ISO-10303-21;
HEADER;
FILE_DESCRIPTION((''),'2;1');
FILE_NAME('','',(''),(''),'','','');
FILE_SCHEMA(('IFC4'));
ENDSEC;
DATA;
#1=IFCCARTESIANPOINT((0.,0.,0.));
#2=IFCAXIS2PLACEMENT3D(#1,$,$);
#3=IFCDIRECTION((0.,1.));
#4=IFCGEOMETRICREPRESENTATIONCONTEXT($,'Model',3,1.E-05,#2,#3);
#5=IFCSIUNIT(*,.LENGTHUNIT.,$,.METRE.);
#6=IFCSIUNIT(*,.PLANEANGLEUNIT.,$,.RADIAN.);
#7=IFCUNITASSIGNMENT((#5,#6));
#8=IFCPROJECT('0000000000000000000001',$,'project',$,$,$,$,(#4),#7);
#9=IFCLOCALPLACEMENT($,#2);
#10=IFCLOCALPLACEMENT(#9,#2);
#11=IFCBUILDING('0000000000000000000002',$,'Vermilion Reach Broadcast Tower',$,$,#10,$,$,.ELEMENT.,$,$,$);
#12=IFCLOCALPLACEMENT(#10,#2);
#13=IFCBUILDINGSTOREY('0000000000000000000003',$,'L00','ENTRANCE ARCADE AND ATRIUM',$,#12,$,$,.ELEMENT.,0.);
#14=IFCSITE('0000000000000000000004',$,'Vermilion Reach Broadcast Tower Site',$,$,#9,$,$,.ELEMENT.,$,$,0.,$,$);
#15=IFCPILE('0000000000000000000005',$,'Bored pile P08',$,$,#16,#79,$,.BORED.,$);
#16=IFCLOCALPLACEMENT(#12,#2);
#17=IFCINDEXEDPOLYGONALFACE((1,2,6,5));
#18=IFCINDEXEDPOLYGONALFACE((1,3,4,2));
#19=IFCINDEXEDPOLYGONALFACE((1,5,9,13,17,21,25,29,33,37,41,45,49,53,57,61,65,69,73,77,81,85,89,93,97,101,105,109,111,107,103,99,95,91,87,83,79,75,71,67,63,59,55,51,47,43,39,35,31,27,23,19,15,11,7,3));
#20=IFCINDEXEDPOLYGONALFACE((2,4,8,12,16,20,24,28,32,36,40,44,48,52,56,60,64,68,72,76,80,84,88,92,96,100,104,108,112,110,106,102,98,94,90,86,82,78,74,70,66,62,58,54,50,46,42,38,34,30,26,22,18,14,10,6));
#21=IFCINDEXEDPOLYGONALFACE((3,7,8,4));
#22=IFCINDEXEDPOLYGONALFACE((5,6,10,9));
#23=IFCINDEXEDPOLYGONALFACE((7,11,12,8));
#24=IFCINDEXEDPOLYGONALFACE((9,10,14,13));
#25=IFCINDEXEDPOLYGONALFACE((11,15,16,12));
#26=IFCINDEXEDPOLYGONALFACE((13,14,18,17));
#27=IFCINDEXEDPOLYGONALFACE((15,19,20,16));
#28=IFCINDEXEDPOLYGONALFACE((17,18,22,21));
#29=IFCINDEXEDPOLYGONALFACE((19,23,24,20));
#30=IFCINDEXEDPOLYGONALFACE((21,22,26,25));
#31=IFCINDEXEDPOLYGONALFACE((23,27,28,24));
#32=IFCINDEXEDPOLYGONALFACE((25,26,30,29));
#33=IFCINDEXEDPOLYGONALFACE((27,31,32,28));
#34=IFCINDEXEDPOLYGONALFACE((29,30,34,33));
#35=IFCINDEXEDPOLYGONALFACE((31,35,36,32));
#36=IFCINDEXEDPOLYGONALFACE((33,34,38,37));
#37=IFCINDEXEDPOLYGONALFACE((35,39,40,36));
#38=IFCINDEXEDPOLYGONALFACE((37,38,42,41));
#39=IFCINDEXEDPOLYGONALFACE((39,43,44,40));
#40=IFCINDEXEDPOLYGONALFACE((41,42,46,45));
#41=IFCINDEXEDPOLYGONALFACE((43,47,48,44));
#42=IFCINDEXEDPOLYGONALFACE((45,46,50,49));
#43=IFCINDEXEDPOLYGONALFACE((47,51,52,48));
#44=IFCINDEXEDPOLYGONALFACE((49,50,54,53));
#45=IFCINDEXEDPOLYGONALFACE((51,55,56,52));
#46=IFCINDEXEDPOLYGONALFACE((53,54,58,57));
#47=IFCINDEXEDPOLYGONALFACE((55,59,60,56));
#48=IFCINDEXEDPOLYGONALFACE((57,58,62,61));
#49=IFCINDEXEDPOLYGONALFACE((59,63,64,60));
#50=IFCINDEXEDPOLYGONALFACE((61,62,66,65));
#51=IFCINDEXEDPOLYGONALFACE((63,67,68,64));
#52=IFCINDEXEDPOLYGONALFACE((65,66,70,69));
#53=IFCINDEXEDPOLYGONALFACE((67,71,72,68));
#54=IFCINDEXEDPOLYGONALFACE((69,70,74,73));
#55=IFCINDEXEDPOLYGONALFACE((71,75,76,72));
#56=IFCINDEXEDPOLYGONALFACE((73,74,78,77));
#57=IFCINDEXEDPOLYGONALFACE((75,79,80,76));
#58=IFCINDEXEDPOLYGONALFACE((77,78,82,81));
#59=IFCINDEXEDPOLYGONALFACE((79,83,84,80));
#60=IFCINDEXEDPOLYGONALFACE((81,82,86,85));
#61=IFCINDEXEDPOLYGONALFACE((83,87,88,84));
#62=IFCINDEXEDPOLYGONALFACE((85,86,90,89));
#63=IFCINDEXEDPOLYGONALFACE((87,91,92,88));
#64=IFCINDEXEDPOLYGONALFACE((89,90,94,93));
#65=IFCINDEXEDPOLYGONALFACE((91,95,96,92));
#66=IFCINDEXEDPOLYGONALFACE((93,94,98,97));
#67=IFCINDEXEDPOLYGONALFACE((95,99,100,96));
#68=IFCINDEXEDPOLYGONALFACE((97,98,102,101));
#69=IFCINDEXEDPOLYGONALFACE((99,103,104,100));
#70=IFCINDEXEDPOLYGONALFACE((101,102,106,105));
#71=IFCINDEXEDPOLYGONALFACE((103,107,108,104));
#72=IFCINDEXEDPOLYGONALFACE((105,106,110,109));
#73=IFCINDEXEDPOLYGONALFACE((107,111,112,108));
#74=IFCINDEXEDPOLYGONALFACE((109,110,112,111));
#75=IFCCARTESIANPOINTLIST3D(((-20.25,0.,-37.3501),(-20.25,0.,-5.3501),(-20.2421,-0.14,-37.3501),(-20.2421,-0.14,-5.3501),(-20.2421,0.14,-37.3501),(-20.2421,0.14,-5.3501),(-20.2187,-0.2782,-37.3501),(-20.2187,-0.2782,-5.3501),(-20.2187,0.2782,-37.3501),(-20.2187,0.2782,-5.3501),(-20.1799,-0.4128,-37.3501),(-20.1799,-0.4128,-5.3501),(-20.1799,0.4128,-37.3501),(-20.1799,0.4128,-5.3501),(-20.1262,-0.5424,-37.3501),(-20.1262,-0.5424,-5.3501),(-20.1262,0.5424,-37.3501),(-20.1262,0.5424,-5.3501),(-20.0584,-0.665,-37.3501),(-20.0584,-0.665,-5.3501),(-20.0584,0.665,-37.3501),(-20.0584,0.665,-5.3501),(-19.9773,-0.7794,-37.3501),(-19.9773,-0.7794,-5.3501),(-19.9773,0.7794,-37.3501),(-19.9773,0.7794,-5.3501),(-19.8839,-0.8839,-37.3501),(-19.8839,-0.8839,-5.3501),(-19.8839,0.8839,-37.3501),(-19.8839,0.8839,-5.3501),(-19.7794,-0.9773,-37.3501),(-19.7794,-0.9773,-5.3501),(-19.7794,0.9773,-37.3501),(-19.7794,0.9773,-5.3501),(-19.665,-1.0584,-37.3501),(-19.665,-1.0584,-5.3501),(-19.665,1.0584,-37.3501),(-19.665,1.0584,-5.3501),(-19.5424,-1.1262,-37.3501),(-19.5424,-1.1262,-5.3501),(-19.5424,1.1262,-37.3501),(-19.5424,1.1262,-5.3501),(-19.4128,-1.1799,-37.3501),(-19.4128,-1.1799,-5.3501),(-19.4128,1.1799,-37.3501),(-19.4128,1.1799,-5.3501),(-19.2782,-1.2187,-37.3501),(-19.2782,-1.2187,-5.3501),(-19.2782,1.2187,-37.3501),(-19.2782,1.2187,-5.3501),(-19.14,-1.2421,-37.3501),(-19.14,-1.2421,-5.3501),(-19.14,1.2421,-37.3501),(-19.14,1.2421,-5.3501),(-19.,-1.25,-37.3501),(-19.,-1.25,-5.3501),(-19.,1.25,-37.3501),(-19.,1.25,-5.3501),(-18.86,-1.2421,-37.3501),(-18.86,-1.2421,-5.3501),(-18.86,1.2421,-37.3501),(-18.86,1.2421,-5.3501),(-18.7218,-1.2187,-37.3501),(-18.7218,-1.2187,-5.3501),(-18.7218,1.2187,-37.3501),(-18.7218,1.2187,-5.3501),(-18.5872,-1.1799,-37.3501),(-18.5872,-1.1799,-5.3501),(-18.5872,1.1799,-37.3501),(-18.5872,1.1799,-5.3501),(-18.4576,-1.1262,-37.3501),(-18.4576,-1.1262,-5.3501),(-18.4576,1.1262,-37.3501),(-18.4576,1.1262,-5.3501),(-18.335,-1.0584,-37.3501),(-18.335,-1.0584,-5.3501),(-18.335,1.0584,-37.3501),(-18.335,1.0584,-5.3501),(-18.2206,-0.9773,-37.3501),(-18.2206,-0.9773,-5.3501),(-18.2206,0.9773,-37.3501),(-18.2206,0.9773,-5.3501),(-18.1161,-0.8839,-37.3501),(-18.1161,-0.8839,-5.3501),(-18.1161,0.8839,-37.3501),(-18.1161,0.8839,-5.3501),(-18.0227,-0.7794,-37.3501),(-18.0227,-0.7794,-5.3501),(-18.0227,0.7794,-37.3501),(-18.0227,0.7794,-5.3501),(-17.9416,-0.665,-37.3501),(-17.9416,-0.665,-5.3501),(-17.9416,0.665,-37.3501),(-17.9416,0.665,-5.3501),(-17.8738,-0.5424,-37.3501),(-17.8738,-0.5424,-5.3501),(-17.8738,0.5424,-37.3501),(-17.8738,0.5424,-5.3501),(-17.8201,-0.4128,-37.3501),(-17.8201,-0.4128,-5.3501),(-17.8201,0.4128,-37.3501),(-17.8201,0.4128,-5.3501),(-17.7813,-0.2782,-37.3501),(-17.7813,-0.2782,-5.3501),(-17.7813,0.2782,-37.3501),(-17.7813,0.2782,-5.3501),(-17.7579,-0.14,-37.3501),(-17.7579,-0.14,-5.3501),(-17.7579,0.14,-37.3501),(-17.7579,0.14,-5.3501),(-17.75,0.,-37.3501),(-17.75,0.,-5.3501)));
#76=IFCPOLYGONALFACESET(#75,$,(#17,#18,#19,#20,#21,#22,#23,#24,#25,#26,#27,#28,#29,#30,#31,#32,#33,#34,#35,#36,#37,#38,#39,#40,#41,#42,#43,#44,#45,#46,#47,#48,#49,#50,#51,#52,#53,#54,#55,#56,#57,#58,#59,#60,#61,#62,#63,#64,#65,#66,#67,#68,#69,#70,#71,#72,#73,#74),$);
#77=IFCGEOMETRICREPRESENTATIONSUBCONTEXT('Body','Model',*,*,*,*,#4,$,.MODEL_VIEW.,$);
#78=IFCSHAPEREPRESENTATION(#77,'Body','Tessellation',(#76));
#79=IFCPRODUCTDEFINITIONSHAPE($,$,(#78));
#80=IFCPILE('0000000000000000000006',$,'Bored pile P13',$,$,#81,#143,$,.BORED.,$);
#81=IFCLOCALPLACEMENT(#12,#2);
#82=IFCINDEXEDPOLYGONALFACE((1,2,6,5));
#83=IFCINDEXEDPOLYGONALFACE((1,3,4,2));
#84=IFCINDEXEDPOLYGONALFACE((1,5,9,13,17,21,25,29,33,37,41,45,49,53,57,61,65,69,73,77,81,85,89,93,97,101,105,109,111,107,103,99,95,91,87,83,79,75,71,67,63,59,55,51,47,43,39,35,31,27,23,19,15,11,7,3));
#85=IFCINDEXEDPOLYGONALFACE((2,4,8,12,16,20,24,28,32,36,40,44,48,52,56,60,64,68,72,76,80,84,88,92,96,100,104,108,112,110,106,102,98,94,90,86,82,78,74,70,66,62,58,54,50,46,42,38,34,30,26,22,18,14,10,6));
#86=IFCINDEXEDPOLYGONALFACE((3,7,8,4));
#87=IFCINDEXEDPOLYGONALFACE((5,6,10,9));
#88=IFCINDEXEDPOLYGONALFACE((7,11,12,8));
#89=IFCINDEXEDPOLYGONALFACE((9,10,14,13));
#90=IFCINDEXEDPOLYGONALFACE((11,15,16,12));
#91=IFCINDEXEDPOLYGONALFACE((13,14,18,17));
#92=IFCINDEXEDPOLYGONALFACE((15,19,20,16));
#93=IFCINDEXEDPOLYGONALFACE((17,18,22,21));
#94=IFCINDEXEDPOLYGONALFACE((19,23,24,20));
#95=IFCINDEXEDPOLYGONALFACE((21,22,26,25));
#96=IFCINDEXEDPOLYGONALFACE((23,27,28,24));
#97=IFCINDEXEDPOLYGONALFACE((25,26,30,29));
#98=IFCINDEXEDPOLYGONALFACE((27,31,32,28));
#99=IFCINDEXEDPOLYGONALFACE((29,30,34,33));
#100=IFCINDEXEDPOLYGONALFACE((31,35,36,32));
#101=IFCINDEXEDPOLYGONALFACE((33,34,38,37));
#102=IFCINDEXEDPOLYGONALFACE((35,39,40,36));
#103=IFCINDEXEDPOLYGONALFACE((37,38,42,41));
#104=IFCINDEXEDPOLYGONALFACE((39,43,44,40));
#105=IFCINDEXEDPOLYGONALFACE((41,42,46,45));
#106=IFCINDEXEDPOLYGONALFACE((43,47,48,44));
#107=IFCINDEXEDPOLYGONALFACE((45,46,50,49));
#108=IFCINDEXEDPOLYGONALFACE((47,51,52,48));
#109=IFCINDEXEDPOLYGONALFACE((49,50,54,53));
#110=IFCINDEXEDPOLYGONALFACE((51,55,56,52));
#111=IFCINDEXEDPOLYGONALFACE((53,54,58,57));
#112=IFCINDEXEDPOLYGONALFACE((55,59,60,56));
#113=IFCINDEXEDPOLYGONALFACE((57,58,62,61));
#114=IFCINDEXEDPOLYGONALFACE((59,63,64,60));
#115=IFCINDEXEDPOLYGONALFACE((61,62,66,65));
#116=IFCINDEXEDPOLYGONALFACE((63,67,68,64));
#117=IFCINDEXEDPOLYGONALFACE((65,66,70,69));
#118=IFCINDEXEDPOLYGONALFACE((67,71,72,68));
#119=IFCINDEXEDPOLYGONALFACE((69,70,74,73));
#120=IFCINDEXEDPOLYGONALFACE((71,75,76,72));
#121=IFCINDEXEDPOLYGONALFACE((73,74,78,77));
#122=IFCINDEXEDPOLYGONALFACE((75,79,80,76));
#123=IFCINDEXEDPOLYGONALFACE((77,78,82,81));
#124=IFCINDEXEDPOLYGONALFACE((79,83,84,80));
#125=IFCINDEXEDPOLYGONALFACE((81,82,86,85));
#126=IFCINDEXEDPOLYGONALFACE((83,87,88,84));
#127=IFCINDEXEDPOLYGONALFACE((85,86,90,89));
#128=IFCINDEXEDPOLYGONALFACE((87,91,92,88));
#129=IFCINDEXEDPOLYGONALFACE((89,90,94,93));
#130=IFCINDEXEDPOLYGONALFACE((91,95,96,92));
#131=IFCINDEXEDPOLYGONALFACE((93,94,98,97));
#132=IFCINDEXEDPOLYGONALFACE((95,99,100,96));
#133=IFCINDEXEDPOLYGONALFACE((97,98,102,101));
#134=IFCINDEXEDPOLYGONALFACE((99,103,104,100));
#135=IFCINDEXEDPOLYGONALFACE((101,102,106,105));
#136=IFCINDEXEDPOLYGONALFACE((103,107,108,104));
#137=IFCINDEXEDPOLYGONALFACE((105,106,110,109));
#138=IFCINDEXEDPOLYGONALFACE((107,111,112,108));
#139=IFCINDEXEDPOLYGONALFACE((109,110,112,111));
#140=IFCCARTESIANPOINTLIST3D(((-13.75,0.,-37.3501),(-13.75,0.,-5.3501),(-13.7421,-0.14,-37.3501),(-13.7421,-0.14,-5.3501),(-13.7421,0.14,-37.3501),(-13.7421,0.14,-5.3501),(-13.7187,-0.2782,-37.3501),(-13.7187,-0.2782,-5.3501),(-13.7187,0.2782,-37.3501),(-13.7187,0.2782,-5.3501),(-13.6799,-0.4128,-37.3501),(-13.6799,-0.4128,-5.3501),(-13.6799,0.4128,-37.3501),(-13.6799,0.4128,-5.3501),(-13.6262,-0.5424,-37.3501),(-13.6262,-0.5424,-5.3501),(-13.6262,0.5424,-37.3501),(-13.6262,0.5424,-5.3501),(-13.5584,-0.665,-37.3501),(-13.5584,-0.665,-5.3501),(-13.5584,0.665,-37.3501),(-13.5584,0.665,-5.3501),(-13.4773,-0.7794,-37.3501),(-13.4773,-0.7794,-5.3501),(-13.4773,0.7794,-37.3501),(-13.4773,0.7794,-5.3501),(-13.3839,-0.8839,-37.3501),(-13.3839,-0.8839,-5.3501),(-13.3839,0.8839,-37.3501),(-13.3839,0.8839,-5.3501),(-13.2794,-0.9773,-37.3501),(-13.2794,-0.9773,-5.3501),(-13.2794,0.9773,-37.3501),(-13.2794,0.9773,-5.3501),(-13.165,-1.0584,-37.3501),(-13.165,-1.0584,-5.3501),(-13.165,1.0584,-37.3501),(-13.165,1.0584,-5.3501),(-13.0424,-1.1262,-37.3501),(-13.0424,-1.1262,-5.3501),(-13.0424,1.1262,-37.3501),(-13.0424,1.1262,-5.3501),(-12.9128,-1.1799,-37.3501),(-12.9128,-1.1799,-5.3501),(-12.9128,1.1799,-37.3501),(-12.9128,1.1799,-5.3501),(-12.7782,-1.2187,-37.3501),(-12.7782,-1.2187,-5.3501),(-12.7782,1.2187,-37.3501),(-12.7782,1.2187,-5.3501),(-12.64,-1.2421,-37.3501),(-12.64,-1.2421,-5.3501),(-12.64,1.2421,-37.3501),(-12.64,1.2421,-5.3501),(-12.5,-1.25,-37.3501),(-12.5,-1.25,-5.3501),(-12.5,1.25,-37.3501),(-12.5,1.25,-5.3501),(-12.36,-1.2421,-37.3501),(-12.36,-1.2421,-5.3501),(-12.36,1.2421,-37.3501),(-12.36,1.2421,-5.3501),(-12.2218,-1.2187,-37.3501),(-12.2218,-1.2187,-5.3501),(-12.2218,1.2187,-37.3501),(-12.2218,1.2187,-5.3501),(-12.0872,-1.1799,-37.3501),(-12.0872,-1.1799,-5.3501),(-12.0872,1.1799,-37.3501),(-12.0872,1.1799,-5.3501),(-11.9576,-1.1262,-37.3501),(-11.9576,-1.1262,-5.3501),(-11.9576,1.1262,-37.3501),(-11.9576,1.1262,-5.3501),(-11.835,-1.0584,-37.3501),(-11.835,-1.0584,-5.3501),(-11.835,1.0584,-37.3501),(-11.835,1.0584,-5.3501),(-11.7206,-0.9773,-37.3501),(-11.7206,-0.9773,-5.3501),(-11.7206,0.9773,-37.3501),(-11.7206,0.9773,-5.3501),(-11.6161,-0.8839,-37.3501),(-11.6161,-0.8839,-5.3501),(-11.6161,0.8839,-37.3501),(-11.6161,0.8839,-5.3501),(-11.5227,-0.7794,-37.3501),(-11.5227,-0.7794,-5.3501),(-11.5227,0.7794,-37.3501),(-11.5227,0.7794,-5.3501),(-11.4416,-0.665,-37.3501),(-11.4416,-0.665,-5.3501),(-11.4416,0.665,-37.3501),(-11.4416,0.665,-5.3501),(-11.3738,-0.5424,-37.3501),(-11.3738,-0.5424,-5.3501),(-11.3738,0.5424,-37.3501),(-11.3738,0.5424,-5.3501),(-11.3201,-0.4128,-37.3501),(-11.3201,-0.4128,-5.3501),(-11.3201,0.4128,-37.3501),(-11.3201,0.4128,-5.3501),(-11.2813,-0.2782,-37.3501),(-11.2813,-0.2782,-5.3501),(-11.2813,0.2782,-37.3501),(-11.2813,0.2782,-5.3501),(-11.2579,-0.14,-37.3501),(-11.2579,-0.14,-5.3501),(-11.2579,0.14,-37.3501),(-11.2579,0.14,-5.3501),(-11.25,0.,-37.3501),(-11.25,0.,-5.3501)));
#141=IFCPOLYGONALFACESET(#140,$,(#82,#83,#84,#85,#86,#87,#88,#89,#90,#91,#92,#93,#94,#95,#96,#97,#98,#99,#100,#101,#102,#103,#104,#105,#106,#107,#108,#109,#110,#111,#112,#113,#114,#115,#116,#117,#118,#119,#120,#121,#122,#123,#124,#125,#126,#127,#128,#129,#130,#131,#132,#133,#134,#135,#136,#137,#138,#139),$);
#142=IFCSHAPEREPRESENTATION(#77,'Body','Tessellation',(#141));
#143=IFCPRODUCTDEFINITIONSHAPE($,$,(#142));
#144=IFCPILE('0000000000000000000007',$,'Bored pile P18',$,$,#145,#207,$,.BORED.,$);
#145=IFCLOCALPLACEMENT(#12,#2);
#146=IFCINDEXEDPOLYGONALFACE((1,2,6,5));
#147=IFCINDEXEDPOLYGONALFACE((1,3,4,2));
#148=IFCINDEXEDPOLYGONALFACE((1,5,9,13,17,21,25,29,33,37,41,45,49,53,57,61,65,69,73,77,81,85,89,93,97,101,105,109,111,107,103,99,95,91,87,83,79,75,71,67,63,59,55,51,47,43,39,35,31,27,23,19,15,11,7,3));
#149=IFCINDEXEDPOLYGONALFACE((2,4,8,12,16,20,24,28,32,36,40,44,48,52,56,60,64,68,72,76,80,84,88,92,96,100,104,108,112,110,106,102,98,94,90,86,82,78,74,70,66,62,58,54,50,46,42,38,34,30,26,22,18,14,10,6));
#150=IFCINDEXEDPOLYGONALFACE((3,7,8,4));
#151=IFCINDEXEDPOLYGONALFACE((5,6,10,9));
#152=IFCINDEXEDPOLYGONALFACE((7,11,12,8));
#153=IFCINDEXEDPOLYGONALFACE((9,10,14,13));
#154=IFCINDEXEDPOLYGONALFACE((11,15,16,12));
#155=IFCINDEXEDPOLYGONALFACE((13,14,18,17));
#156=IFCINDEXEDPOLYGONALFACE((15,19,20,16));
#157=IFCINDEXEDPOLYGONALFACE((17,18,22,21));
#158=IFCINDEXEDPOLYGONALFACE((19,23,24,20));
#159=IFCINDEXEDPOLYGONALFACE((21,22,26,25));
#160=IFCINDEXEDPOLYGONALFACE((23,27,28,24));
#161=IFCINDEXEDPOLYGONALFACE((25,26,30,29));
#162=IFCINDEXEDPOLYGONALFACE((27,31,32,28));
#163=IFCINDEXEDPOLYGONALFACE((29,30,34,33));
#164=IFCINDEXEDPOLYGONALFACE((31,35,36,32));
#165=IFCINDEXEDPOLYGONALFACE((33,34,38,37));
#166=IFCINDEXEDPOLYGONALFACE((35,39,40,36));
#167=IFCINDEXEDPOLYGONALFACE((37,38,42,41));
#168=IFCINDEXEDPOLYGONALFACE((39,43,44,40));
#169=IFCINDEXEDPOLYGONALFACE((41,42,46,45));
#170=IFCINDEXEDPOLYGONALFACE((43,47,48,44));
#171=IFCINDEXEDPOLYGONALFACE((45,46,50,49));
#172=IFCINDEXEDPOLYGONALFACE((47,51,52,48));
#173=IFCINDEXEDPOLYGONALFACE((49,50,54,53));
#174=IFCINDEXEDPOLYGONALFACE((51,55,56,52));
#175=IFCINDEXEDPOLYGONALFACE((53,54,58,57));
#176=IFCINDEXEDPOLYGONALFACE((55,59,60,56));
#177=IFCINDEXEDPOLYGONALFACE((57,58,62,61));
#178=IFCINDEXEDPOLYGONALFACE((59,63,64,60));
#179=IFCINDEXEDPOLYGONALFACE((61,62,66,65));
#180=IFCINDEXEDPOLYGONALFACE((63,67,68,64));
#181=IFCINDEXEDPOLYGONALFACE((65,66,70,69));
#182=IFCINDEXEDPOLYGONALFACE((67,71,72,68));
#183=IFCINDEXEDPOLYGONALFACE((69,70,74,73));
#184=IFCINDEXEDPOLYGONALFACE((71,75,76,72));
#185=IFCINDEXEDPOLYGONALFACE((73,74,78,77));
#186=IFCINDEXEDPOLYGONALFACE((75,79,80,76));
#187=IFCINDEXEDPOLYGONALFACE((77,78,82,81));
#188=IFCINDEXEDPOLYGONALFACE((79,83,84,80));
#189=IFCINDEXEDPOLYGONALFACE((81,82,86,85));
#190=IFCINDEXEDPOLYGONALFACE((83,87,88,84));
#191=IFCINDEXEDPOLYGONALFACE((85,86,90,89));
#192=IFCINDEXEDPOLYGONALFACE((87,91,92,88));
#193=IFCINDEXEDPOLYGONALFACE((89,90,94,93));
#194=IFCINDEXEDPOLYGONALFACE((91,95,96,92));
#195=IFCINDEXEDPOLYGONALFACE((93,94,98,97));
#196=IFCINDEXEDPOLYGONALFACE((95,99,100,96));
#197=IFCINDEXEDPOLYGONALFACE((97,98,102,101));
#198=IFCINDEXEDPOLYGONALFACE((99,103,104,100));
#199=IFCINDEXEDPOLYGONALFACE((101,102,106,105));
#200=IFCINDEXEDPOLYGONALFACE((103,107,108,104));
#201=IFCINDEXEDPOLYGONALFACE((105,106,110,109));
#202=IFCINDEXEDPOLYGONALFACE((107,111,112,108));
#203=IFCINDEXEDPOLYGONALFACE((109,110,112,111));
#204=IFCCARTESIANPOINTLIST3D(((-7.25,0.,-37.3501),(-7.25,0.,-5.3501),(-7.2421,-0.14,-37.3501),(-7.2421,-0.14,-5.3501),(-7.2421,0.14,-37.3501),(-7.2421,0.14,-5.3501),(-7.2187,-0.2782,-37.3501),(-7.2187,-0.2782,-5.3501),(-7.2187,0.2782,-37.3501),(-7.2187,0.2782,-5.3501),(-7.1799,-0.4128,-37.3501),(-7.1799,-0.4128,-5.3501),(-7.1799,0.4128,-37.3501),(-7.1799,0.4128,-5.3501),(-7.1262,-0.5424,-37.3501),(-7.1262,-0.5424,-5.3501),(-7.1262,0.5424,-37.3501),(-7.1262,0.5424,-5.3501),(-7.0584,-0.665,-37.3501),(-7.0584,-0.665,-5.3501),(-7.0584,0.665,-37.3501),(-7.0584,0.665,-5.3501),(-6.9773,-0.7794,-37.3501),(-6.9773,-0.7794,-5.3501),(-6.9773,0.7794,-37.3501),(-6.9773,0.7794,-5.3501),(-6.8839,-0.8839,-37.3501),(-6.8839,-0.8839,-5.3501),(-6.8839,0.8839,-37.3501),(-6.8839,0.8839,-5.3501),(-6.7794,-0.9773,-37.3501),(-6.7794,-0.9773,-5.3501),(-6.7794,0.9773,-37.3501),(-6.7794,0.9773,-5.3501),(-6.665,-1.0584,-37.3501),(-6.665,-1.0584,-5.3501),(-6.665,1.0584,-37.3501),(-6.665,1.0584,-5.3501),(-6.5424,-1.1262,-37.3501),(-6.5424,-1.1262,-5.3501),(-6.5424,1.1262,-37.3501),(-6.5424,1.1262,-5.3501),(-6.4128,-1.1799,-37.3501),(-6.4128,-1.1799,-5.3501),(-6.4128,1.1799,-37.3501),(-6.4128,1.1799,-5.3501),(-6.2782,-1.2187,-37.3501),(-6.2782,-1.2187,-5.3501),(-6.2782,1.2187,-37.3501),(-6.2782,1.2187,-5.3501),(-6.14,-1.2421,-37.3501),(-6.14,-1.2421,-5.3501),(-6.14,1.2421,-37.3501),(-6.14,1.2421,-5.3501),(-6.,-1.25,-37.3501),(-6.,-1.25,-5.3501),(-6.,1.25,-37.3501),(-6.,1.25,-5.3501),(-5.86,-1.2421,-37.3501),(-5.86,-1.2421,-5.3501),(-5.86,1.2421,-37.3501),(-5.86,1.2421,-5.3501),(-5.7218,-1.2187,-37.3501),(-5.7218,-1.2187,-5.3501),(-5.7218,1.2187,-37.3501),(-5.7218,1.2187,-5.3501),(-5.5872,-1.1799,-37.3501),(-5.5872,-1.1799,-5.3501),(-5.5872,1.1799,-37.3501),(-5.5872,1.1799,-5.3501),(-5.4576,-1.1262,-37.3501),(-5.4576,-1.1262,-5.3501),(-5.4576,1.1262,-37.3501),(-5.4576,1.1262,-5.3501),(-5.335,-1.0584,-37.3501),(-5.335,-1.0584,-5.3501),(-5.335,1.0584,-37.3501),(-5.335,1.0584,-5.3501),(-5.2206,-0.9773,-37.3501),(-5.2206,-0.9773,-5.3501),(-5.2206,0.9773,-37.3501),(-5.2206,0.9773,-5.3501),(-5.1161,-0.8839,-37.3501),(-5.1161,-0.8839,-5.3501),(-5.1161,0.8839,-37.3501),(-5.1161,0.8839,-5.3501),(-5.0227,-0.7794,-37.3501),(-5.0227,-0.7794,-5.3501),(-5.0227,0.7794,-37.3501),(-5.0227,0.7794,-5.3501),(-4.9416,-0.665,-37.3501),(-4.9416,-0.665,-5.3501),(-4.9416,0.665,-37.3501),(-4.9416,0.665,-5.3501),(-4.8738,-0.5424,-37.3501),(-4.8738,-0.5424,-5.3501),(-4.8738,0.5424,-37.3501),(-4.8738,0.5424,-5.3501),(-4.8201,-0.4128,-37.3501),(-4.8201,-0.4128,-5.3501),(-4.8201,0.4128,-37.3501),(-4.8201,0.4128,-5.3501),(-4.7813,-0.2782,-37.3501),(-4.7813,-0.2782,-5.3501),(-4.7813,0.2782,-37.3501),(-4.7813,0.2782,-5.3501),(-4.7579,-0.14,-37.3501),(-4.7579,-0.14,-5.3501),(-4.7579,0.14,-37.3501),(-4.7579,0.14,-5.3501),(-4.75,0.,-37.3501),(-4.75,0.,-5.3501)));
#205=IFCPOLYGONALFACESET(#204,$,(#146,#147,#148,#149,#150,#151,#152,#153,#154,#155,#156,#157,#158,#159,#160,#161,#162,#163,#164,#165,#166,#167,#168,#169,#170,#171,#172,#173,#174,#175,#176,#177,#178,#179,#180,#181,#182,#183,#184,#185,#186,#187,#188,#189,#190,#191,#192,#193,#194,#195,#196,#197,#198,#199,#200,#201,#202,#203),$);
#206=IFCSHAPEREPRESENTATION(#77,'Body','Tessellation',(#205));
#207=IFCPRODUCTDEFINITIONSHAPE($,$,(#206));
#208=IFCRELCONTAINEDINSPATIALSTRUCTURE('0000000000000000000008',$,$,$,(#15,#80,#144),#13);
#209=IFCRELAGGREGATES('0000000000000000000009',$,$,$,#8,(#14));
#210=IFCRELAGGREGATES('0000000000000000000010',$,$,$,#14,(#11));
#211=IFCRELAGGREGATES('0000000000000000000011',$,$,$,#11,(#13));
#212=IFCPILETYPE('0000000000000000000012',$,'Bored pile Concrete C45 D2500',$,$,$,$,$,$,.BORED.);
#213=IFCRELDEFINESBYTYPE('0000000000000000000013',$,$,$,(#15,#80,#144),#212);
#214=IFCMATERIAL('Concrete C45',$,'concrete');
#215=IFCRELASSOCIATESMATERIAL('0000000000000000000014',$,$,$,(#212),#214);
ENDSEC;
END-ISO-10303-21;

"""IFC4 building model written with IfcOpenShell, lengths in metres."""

from ifc_helpers import new_model, si_unit, direction, frame, origin, origin_2d, place, context, subcontext, project, spatial, circle, extrude, material, material_profile, profile_set, type_object, element, save


model = new_model("IFC4")

# Units and contexts
model_context = context("Model", 3, precision=1e-05, world=origin(), true_north=direction((0.0, 1.0)))
body_context = subcontext(model_context, "Body", "Model", "MODEL_VIEW")
ifc_project = project(units=[si_unit("LENGTHUNIT", "METRE"), si_unit("PLANEANGLEUNIT", "RADIAN")], contexts=[model_context])

# Site, building, storey
site_placement = place(None, origin())
site = spatial("IfcSite", under=ifc_project, at=site_placement, Name="Vermilion Reach Broadcast Tower Site", CompositionType="ELEMENT", RefElevation=0.0)
building_placement = place(site_placement, origin())
building = spatial("IfcBuilding", under=site, at=building_placement, Name="Vermilion Reach Broadcast Tower", CompositionType="ELEMENT")
storey_placement = place(building_placement, origin())
storey = spatial("IfcBuildingStorey", under=building, at=storey_placement, Name="L00", Description="ENTRANCE ARCADE AND ATRIUM", CompositionType="ELEMENT", Elevation=0.0)

# Piles
ifc_material_1 = material(Name="Concrete C45", Category="concrete")
ifc_material_profile_1 = material_profile(ifc_material_1, circle(Radius=1.25, at=origin_2d()), Name="Concrete C45 D2500")
ifc_profile_set_1 = profile_set([ifc_material_profile_1], Name="Concrete C45")
pile_type = type_object("IfcPileType", Name="Bored pile Concrete C45 D2500", PredefinedType="BORED", material=ifc_profile_set_1)
for number, where, z_axis, x_axis, name in (
    (1, (-19.0, 0.0, -5.3501), (0.0, 0.0, -1.0), (1.0, 0.0, 0.0), "Bored pile P08"),
    (2, (-12.5, 0.0, -5.3501), (0.0, 0.0, -1.0), (1.0, 0.0, 0.0), "Bored pile P13"),
    (3, (-6.0, 0.0, -5.3501), (0.0, 0.0, -1.0), (1.0, 0.0, 0.0), "Bored pile P18"),
):
    element("IfcPile", number, at=place(storey_placement, frame(where, z_axis=z_axis, x_axis=x_axis)), inside=storey, type_object=pile_type, Name=name, PredefinedType="BORED", context=body_context, shape_type="SweptSolid", body=[
        extrude(circle(Radius=1.25, at=origin_2d()), origin(), (0.0, 0.0, 1.0), 32.0),
    ])

save(model, "model.ifc")
